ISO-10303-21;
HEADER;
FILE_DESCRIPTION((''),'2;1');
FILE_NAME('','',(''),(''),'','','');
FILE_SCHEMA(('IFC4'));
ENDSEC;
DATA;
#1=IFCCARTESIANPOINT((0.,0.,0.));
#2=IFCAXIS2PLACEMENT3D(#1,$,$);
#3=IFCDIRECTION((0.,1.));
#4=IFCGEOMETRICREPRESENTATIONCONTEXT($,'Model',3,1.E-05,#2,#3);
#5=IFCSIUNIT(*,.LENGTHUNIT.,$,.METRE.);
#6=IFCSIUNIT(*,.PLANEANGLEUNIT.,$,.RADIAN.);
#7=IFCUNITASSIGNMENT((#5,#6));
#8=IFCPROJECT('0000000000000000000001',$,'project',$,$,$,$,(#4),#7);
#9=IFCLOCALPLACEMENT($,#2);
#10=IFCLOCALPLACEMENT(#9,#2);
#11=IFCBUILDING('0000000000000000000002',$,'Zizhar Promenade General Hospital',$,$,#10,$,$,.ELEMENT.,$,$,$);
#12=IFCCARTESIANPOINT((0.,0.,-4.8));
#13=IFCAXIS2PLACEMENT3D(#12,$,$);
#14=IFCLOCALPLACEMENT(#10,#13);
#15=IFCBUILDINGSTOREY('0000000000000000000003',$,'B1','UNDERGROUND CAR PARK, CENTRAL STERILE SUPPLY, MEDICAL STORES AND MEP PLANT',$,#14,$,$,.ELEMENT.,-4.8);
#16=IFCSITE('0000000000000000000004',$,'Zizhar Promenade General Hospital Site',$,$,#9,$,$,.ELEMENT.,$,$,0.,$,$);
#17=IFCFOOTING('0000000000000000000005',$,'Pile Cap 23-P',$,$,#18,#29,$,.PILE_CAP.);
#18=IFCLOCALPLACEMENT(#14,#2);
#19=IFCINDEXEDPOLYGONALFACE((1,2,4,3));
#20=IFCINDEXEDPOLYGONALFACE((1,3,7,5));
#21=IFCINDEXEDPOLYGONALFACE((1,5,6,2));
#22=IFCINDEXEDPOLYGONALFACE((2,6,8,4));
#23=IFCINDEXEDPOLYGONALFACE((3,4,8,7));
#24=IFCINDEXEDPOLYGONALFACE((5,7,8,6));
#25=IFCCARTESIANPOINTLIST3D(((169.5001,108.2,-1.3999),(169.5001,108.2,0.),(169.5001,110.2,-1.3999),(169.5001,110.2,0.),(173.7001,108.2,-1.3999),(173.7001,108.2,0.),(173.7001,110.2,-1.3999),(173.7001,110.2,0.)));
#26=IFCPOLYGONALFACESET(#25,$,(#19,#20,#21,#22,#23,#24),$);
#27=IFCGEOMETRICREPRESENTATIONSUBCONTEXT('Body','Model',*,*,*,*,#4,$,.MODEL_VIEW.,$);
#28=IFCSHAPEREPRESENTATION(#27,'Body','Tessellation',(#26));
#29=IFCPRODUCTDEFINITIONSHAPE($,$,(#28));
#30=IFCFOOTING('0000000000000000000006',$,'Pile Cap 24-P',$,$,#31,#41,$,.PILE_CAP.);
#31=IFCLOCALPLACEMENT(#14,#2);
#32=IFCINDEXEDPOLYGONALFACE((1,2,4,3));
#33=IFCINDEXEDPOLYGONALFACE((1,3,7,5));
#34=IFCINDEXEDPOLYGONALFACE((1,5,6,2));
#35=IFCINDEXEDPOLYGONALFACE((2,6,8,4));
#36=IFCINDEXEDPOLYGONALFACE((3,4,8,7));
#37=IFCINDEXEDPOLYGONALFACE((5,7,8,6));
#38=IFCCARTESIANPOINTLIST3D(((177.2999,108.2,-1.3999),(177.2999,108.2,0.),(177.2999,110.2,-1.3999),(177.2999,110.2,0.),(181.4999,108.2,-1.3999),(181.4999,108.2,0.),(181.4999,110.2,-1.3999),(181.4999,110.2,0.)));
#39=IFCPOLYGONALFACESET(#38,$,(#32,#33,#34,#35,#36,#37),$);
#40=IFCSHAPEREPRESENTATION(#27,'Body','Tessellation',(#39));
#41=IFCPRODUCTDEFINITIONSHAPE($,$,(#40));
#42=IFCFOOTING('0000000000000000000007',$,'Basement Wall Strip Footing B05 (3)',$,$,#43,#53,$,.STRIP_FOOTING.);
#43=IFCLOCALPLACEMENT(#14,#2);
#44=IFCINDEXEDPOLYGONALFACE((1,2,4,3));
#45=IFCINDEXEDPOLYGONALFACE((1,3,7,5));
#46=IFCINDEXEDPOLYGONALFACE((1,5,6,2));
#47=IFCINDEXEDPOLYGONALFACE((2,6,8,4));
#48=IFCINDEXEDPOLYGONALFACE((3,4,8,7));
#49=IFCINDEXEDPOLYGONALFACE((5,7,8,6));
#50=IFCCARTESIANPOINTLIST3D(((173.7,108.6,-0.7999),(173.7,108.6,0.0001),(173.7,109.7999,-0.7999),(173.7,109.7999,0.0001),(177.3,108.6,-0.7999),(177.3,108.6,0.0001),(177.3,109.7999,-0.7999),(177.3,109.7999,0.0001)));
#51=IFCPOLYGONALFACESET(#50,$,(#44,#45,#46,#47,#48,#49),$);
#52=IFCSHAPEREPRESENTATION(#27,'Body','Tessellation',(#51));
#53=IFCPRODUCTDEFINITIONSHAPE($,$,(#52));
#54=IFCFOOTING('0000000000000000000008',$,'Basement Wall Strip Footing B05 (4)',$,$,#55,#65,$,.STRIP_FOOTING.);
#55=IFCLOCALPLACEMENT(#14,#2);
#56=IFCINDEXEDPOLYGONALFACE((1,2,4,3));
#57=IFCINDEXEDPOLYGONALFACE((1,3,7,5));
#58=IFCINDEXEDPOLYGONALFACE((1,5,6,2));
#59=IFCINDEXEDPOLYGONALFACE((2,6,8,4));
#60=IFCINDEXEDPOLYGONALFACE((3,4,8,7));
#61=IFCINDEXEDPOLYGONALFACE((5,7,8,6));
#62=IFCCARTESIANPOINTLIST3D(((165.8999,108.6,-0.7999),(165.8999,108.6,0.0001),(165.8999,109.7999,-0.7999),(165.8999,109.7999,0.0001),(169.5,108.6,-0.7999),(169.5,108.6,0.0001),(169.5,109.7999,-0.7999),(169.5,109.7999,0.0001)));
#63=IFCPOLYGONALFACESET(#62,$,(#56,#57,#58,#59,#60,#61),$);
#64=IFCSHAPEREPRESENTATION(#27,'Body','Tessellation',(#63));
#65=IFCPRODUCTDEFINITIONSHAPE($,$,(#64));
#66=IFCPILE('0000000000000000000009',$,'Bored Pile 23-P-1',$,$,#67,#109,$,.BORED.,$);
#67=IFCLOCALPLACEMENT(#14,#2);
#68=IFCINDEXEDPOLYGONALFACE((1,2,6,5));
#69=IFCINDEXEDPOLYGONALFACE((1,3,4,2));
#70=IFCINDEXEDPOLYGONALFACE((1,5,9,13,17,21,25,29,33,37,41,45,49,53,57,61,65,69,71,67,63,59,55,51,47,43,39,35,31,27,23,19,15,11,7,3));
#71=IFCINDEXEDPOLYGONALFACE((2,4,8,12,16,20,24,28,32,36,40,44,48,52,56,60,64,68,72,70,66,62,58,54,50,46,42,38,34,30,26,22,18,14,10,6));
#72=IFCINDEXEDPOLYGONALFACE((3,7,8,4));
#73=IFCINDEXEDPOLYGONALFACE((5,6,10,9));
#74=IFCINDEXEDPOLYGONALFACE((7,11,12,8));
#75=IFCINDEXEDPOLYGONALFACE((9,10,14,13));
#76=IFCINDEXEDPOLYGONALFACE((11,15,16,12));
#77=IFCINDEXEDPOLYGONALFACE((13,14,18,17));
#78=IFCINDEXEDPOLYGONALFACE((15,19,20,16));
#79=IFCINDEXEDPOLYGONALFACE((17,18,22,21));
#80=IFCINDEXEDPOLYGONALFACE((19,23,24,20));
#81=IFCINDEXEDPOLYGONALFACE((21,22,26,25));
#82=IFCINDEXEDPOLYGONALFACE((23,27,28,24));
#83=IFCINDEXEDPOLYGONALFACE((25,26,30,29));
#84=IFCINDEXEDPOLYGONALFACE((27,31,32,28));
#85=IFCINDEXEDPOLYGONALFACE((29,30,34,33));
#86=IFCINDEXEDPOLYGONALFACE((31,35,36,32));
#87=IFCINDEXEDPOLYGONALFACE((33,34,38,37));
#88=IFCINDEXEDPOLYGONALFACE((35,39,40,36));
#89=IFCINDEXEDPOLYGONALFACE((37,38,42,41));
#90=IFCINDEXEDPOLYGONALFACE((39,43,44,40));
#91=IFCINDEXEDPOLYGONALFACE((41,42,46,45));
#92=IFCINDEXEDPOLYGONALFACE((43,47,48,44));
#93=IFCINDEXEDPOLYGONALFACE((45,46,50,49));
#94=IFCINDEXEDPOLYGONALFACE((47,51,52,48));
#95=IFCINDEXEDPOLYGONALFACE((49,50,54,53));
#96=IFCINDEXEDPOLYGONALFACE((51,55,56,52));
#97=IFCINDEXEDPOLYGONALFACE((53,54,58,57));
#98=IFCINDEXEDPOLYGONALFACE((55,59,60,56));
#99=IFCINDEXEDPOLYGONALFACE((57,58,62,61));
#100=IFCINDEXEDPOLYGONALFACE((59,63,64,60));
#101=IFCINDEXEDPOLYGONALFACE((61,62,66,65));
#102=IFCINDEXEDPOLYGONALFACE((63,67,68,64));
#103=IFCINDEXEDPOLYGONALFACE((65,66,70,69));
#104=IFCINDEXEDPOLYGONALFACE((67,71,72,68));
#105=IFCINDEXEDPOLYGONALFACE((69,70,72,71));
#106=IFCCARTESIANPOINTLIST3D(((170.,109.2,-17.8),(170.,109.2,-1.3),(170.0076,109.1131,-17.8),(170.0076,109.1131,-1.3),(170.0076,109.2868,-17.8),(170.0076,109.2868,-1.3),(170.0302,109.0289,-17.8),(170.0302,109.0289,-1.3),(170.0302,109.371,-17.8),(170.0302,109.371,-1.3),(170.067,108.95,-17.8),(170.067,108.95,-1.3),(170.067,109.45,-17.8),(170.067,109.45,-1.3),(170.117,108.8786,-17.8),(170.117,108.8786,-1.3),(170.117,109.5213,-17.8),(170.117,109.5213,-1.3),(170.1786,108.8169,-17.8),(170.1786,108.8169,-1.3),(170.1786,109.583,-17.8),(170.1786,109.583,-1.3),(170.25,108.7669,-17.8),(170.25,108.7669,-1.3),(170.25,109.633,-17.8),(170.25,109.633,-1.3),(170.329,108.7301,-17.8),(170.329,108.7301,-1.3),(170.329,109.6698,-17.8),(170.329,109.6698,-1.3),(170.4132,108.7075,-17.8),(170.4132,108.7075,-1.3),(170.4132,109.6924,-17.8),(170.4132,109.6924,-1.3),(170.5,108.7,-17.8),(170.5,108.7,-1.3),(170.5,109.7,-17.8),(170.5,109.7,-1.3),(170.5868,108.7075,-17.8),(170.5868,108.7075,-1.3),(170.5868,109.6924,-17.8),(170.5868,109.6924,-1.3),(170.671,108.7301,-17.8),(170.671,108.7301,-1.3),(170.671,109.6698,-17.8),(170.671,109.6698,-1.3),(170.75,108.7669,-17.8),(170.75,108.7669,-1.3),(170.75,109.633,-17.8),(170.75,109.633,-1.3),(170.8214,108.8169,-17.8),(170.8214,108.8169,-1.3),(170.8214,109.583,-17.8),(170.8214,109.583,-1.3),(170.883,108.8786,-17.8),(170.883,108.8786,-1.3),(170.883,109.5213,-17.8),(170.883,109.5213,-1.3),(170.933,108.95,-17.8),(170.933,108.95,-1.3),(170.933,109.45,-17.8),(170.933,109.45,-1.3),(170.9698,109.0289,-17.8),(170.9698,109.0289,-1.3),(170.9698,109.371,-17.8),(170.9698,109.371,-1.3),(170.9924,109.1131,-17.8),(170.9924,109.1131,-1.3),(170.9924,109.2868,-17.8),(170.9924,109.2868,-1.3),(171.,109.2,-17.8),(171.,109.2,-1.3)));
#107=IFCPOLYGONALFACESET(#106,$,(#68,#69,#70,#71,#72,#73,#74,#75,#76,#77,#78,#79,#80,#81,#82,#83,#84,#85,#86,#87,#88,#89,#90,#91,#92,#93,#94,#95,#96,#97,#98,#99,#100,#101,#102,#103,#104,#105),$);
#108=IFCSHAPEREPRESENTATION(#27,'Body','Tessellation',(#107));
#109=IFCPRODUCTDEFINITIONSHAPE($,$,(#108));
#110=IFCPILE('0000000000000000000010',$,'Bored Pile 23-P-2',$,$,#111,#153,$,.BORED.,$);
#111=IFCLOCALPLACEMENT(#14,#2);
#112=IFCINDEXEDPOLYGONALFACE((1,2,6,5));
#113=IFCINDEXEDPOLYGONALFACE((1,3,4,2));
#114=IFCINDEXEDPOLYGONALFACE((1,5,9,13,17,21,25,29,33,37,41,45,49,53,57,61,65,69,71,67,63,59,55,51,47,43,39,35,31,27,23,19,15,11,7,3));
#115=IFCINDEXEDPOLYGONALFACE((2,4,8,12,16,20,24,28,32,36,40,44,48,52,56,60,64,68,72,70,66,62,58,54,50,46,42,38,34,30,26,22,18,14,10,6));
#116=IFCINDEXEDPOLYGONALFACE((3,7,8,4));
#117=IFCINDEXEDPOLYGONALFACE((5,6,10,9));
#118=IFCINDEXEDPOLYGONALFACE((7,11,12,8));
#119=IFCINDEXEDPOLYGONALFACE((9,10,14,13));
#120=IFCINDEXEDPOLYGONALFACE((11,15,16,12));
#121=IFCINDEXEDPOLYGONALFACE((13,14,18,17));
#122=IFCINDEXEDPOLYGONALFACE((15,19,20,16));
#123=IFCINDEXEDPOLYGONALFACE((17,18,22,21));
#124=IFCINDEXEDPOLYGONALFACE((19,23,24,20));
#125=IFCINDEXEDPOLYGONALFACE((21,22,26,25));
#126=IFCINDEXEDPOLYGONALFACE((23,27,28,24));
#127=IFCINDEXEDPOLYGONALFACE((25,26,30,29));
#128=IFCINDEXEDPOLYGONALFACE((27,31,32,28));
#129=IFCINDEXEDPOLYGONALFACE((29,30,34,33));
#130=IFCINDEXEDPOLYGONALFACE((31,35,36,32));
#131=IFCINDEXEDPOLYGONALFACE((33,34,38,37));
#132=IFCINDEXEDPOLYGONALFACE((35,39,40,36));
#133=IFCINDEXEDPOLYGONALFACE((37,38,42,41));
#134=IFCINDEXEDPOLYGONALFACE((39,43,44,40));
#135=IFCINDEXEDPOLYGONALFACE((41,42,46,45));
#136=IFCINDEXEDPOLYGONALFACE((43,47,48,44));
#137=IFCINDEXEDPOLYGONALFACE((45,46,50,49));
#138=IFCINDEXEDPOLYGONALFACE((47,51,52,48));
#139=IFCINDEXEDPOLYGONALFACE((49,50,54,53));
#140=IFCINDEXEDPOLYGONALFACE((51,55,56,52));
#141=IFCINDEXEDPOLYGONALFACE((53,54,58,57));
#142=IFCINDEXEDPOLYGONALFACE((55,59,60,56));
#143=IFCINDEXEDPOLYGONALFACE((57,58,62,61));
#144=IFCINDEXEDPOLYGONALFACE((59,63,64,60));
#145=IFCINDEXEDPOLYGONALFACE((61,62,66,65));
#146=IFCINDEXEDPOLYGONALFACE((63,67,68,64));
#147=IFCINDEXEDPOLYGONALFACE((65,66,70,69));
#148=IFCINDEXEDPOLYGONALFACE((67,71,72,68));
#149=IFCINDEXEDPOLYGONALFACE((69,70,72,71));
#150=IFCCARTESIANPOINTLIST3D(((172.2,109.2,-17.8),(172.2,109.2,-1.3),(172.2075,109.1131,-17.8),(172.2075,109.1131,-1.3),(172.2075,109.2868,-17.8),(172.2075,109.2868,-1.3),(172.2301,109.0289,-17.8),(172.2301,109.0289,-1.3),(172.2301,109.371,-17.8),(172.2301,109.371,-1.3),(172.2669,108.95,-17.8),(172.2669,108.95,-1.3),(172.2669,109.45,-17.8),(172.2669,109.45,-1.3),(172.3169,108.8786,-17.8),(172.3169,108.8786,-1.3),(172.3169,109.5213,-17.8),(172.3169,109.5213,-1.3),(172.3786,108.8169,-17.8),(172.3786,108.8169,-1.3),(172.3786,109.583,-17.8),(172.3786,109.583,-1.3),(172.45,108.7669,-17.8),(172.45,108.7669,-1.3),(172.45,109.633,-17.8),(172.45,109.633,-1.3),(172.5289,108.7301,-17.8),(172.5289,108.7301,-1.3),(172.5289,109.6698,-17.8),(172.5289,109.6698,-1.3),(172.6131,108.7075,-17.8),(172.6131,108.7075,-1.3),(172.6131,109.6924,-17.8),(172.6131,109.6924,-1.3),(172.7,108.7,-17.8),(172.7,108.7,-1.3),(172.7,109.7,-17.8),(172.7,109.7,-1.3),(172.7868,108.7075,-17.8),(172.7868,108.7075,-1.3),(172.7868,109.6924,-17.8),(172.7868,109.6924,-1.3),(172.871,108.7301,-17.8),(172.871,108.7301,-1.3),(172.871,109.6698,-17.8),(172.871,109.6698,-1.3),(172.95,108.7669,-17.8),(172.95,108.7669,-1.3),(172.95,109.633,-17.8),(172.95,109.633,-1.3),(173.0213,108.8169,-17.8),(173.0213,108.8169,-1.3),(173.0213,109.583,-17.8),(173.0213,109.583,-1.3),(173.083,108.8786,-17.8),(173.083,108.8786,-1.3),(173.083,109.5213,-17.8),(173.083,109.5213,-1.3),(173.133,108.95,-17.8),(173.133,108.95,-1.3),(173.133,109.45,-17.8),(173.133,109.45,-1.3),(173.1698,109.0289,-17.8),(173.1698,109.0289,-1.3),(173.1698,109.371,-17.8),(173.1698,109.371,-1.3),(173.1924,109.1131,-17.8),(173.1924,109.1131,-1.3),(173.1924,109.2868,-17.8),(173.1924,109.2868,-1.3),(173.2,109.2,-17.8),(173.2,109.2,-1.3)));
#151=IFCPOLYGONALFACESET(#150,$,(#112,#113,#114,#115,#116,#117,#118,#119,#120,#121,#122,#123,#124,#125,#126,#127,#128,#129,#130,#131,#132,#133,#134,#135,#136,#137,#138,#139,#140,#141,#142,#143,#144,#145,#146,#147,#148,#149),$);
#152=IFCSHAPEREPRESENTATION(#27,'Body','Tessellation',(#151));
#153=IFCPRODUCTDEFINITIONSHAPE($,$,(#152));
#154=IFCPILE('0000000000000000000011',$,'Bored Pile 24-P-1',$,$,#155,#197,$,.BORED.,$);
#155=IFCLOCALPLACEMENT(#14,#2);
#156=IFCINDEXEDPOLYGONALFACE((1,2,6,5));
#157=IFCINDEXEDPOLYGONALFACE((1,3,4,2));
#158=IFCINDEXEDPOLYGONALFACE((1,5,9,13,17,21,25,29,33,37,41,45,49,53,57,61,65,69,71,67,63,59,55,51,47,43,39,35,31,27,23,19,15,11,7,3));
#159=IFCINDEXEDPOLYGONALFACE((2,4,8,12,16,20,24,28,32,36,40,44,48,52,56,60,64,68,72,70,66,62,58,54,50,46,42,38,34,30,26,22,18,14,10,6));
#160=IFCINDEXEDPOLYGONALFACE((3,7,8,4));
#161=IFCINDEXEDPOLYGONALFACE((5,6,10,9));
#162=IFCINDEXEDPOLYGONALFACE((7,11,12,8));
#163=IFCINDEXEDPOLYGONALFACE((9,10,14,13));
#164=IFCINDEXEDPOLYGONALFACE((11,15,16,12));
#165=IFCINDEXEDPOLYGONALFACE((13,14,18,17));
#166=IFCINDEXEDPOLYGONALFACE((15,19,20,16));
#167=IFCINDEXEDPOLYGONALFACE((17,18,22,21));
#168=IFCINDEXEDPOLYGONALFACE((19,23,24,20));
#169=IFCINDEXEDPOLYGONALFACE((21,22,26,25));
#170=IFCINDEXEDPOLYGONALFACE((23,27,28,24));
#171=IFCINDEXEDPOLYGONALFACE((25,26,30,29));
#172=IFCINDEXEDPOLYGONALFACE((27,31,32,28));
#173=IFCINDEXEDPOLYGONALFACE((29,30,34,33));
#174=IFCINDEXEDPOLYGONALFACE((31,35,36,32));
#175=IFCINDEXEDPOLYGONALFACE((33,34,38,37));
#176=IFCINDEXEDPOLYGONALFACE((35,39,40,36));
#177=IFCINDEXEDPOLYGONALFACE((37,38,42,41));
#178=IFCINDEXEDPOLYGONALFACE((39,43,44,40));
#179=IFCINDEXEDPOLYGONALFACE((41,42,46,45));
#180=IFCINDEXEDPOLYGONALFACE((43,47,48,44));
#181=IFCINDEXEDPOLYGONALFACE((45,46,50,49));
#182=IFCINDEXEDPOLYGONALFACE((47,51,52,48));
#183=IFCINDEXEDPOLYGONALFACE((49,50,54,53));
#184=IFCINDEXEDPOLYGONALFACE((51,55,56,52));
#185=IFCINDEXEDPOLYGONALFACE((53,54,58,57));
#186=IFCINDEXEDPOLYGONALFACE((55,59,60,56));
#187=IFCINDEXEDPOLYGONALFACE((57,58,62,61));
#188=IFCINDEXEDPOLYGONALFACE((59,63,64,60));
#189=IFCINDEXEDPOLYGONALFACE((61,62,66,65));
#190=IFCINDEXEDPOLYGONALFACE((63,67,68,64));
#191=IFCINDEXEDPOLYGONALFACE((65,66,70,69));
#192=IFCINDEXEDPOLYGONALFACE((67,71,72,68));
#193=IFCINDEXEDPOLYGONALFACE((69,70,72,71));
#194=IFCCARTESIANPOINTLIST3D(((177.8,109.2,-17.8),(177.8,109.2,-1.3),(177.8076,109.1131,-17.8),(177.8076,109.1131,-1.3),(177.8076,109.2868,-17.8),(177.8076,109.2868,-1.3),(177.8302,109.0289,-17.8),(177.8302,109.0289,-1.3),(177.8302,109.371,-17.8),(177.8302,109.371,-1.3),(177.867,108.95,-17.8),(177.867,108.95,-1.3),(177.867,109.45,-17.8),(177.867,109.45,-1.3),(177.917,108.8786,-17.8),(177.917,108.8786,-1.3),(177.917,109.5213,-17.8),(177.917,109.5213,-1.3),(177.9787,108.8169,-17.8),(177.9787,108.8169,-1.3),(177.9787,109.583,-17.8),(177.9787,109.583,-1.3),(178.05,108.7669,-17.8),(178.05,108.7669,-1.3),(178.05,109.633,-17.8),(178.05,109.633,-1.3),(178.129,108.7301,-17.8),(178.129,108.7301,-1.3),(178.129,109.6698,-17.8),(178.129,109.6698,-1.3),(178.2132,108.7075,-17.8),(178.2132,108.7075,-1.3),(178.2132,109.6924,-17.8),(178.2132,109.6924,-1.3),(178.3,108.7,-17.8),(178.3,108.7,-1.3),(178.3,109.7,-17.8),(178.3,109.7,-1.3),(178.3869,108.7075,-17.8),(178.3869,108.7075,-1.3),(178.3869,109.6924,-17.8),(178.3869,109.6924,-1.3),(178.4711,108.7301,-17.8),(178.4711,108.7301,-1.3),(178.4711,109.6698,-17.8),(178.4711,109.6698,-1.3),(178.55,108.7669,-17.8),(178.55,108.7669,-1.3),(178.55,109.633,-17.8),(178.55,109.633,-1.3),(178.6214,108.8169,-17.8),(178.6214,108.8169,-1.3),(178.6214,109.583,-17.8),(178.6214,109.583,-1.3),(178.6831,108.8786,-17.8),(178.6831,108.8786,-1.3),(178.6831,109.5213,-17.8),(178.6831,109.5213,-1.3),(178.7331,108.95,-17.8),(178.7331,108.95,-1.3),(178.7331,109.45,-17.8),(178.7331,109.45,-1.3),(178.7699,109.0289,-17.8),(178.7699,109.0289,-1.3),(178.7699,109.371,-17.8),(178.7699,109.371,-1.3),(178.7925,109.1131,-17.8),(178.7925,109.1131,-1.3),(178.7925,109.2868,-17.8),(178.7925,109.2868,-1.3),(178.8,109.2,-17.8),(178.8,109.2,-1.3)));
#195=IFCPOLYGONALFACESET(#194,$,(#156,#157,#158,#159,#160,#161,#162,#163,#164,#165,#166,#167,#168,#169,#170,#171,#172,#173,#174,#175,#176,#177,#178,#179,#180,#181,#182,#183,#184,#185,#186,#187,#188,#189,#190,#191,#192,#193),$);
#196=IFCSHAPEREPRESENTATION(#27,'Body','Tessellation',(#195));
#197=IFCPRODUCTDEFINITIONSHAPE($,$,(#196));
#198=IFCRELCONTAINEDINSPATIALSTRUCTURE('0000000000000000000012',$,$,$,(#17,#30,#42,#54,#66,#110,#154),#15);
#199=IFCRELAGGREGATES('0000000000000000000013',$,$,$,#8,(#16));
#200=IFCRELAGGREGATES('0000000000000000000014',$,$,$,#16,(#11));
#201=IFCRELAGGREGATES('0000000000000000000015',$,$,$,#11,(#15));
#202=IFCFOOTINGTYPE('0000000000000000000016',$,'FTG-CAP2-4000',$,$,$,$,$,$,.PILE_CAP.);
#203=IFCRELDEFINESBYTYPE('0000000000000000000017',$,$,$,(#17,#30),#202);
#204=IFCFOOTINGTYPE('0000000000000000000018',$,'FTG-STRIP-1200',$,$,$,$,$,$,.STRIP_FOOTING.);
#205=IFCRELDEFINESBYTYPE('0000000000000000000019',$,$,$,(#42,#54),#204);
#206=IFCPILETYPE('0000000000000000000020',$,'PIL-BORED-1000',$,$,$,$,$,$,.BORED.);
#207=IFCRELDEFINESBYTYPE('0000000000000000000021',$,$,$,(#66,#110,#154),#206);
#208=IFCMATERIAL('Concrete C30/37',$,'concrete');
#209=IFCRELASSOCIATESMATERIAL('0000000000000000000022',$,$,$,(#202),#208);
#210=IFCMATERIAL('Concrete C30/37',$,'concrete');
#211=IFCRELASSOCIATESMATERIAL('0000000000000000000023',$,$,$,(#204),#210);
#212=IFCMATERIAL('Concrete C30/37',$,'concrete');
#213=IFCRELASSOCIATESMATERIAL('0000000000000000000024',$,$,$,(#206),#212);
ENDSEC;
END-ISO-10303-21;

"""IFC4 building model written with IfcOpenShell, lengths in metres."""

from ifc_helpers import new_model, si_unit, direction, frame, origin, origin_2d, place, context, subcontext, project, spatial, rectangle, circle, extrude, material, material_profile, profile_set, type_object, element, save


model = new_model("IFC4")

# Units and contexts
model_context = context("Model", 3, precision=1e-05, world=origin(), true_north=direction((0.0, 1.0)))
body_context = subcontext(model_context, "Body", "Model", "MODEL_VIEW")
ifc_project = project(units=[si_unit("LENGTHUNIT", "METRE"), si_unit("PLANEANGLEUNIT", "RADIAN")], contexts=[model_context])

# Site, building, storey
site_placement = place(None, origin())
site = spatial("IfcSite", under=ifc_project, at=site_placement, Name="Zizhar Promenade General Hospital Site", CompositionType="ELEMENT", RefElevation=0.0)
building_placement = place(site_placement, origin())
building = spatial("IfcBuilding", under=site, at=building_placement, Name="Zizhar Promenade General Hospital", CompositionType="ELEMENT")
storey_placement = place(building_placement, frame((0.0, 0.0, -4.8)))
storey = spatial("IfcBuildingStorey", under=building, at=storey_placement, Name="B1", Description="UNDERGROUND CAR PARK, CENTRAL STERILE SUPPLY, MEDICAL STORES AND MEP PLANT", CompositionType="ELEMENT", Elevation=-4.8)

# Footings
ifc_material_1 = material(Name="Concrete C30/37", Category="concrete")
footing_type_1 = type_object("IfcFootingType", Name="FTG-CAP2-4000", PredefinedType="PILE_CAP", material=ifc_material_1)
for number, where, z_axis, x_axis, name in (
    (1, (171.6001, 109.2, -1.3999), (0.0, 0.0, 1.0), (1.0, 0.0, 0.0), "Pile Cap 23-P"),
    (2, (179.3999, 109.2, -1.3999), (0.0, 0.0, 1.0), (1.0, 0.0, 0.0), "Pile Cap 24-P"),
):
    element("IfcFooting", number, at=place(storey_placement, frame(where, z_axis=z_axis, x_axis=x_axis)), inside=storey, type_object=footing_type_1, Name=name, PredefinedType="PILE_CAP", context=body_context, shape_type="SweptSolid", body=[
        extrude(rectangle(XDim=4.2, YDim=2.0, at=origin_2d()), origin(), (0.0, 0.0, 1.0), 1.3999),
    ])
ifc_material_2 = material(Name="Concrete C30/37", Category="concrete")
ifc_material_profile_1 = material_profile(ifc_material_2, rectangle(XDim=1.2, YDim=0.8, at=origin_2d()))
ifc_profile_set_1 = profile_set([ifc_material_profile_1], Name="Concrete C30/37")
footing_type_2 = type_object("IfcFootingType", Name="FTG-STRIP-1200", PredefinedType="STRIP_FOOTING", material=ifc_profile_set_1)
for number, where, z_axis, x_axis, name in (
    (3, (177.3, 109.2, -0.3999), (-1.0, 0.0, 0.0), (0.0, -1.0, 0.0), "Basement Wall Strip Footing B05 (3)"),
    (4, (169.5, 109.2, -0.3999), (-1.0, 0.0, 0.0), (0.0, -1.0, 0.0), "Basement Wall Strip Footing B05 (4)"),
):
    element("IfcFooting", number, at=place(storey_placement, frame(where, z_axis=z_axis, x_axis=x_axis)), inside=storey, type_object=footing_type_2, Name=name, PredefinedType="STRIP_FOOTING", context=body_context, shape_type="SweptSolid", body=[
        extrude(rectangle(XDim=1.2, YDim=0.8, at=origin_2d()), origin(), (0.0, 0.0, 1.0), 3.6001),
    ])

# Piles
ifc_material_3 = material(Name="Concrete C30/37", Category="concrete")
ifc_material_profile_2 = material_profile(ifc_material_3, circle(Radius=0.5, at=origin_2d()))
ifc_profile_set_2 = profile_set([ifc_material_profile_2], Name="Concrete C30/37")
pile_type_1 = type_object("IfcPileType", Name="PIL-BORED-1000", PredefinedType="BORED", material=ifc_profile_set_2)
for number, where, z_axis, x_axis, name in (
    (5, (170.5, 109.2, -1.3), (0.0, 0.0, -1.0), (1.0, 0.0, 0.0), "Bored Pile 23-P-1"),
    (6, (172.7, 109.2, -1.3), (0.0, 0.0, -1.0), (1.0, 0.0, 0.0), "Bored Pile 23-P-2"),
    (7, (178.3, 109.2, -1.3), (0.0, 0.0, -1.0), (1.0, 0.0, 0.0), "Bored Pile 24-P-1"),
):
    element("IfcPile", number, at=place(storey_placement, frame(where, z_axis=z_axis, x_axis=x_axis)), inside=storey, type_object=pile_type_1, Name=name, PredefinedType="BORED", context=body_context, shape_type="SweptSolid", body=[
        extrude(circle(Radius=0.5, at=origin_2d()), origin(), (0.0, 0.0, 1.0), 16.5),
    ])

save(model, "model.ifc")
